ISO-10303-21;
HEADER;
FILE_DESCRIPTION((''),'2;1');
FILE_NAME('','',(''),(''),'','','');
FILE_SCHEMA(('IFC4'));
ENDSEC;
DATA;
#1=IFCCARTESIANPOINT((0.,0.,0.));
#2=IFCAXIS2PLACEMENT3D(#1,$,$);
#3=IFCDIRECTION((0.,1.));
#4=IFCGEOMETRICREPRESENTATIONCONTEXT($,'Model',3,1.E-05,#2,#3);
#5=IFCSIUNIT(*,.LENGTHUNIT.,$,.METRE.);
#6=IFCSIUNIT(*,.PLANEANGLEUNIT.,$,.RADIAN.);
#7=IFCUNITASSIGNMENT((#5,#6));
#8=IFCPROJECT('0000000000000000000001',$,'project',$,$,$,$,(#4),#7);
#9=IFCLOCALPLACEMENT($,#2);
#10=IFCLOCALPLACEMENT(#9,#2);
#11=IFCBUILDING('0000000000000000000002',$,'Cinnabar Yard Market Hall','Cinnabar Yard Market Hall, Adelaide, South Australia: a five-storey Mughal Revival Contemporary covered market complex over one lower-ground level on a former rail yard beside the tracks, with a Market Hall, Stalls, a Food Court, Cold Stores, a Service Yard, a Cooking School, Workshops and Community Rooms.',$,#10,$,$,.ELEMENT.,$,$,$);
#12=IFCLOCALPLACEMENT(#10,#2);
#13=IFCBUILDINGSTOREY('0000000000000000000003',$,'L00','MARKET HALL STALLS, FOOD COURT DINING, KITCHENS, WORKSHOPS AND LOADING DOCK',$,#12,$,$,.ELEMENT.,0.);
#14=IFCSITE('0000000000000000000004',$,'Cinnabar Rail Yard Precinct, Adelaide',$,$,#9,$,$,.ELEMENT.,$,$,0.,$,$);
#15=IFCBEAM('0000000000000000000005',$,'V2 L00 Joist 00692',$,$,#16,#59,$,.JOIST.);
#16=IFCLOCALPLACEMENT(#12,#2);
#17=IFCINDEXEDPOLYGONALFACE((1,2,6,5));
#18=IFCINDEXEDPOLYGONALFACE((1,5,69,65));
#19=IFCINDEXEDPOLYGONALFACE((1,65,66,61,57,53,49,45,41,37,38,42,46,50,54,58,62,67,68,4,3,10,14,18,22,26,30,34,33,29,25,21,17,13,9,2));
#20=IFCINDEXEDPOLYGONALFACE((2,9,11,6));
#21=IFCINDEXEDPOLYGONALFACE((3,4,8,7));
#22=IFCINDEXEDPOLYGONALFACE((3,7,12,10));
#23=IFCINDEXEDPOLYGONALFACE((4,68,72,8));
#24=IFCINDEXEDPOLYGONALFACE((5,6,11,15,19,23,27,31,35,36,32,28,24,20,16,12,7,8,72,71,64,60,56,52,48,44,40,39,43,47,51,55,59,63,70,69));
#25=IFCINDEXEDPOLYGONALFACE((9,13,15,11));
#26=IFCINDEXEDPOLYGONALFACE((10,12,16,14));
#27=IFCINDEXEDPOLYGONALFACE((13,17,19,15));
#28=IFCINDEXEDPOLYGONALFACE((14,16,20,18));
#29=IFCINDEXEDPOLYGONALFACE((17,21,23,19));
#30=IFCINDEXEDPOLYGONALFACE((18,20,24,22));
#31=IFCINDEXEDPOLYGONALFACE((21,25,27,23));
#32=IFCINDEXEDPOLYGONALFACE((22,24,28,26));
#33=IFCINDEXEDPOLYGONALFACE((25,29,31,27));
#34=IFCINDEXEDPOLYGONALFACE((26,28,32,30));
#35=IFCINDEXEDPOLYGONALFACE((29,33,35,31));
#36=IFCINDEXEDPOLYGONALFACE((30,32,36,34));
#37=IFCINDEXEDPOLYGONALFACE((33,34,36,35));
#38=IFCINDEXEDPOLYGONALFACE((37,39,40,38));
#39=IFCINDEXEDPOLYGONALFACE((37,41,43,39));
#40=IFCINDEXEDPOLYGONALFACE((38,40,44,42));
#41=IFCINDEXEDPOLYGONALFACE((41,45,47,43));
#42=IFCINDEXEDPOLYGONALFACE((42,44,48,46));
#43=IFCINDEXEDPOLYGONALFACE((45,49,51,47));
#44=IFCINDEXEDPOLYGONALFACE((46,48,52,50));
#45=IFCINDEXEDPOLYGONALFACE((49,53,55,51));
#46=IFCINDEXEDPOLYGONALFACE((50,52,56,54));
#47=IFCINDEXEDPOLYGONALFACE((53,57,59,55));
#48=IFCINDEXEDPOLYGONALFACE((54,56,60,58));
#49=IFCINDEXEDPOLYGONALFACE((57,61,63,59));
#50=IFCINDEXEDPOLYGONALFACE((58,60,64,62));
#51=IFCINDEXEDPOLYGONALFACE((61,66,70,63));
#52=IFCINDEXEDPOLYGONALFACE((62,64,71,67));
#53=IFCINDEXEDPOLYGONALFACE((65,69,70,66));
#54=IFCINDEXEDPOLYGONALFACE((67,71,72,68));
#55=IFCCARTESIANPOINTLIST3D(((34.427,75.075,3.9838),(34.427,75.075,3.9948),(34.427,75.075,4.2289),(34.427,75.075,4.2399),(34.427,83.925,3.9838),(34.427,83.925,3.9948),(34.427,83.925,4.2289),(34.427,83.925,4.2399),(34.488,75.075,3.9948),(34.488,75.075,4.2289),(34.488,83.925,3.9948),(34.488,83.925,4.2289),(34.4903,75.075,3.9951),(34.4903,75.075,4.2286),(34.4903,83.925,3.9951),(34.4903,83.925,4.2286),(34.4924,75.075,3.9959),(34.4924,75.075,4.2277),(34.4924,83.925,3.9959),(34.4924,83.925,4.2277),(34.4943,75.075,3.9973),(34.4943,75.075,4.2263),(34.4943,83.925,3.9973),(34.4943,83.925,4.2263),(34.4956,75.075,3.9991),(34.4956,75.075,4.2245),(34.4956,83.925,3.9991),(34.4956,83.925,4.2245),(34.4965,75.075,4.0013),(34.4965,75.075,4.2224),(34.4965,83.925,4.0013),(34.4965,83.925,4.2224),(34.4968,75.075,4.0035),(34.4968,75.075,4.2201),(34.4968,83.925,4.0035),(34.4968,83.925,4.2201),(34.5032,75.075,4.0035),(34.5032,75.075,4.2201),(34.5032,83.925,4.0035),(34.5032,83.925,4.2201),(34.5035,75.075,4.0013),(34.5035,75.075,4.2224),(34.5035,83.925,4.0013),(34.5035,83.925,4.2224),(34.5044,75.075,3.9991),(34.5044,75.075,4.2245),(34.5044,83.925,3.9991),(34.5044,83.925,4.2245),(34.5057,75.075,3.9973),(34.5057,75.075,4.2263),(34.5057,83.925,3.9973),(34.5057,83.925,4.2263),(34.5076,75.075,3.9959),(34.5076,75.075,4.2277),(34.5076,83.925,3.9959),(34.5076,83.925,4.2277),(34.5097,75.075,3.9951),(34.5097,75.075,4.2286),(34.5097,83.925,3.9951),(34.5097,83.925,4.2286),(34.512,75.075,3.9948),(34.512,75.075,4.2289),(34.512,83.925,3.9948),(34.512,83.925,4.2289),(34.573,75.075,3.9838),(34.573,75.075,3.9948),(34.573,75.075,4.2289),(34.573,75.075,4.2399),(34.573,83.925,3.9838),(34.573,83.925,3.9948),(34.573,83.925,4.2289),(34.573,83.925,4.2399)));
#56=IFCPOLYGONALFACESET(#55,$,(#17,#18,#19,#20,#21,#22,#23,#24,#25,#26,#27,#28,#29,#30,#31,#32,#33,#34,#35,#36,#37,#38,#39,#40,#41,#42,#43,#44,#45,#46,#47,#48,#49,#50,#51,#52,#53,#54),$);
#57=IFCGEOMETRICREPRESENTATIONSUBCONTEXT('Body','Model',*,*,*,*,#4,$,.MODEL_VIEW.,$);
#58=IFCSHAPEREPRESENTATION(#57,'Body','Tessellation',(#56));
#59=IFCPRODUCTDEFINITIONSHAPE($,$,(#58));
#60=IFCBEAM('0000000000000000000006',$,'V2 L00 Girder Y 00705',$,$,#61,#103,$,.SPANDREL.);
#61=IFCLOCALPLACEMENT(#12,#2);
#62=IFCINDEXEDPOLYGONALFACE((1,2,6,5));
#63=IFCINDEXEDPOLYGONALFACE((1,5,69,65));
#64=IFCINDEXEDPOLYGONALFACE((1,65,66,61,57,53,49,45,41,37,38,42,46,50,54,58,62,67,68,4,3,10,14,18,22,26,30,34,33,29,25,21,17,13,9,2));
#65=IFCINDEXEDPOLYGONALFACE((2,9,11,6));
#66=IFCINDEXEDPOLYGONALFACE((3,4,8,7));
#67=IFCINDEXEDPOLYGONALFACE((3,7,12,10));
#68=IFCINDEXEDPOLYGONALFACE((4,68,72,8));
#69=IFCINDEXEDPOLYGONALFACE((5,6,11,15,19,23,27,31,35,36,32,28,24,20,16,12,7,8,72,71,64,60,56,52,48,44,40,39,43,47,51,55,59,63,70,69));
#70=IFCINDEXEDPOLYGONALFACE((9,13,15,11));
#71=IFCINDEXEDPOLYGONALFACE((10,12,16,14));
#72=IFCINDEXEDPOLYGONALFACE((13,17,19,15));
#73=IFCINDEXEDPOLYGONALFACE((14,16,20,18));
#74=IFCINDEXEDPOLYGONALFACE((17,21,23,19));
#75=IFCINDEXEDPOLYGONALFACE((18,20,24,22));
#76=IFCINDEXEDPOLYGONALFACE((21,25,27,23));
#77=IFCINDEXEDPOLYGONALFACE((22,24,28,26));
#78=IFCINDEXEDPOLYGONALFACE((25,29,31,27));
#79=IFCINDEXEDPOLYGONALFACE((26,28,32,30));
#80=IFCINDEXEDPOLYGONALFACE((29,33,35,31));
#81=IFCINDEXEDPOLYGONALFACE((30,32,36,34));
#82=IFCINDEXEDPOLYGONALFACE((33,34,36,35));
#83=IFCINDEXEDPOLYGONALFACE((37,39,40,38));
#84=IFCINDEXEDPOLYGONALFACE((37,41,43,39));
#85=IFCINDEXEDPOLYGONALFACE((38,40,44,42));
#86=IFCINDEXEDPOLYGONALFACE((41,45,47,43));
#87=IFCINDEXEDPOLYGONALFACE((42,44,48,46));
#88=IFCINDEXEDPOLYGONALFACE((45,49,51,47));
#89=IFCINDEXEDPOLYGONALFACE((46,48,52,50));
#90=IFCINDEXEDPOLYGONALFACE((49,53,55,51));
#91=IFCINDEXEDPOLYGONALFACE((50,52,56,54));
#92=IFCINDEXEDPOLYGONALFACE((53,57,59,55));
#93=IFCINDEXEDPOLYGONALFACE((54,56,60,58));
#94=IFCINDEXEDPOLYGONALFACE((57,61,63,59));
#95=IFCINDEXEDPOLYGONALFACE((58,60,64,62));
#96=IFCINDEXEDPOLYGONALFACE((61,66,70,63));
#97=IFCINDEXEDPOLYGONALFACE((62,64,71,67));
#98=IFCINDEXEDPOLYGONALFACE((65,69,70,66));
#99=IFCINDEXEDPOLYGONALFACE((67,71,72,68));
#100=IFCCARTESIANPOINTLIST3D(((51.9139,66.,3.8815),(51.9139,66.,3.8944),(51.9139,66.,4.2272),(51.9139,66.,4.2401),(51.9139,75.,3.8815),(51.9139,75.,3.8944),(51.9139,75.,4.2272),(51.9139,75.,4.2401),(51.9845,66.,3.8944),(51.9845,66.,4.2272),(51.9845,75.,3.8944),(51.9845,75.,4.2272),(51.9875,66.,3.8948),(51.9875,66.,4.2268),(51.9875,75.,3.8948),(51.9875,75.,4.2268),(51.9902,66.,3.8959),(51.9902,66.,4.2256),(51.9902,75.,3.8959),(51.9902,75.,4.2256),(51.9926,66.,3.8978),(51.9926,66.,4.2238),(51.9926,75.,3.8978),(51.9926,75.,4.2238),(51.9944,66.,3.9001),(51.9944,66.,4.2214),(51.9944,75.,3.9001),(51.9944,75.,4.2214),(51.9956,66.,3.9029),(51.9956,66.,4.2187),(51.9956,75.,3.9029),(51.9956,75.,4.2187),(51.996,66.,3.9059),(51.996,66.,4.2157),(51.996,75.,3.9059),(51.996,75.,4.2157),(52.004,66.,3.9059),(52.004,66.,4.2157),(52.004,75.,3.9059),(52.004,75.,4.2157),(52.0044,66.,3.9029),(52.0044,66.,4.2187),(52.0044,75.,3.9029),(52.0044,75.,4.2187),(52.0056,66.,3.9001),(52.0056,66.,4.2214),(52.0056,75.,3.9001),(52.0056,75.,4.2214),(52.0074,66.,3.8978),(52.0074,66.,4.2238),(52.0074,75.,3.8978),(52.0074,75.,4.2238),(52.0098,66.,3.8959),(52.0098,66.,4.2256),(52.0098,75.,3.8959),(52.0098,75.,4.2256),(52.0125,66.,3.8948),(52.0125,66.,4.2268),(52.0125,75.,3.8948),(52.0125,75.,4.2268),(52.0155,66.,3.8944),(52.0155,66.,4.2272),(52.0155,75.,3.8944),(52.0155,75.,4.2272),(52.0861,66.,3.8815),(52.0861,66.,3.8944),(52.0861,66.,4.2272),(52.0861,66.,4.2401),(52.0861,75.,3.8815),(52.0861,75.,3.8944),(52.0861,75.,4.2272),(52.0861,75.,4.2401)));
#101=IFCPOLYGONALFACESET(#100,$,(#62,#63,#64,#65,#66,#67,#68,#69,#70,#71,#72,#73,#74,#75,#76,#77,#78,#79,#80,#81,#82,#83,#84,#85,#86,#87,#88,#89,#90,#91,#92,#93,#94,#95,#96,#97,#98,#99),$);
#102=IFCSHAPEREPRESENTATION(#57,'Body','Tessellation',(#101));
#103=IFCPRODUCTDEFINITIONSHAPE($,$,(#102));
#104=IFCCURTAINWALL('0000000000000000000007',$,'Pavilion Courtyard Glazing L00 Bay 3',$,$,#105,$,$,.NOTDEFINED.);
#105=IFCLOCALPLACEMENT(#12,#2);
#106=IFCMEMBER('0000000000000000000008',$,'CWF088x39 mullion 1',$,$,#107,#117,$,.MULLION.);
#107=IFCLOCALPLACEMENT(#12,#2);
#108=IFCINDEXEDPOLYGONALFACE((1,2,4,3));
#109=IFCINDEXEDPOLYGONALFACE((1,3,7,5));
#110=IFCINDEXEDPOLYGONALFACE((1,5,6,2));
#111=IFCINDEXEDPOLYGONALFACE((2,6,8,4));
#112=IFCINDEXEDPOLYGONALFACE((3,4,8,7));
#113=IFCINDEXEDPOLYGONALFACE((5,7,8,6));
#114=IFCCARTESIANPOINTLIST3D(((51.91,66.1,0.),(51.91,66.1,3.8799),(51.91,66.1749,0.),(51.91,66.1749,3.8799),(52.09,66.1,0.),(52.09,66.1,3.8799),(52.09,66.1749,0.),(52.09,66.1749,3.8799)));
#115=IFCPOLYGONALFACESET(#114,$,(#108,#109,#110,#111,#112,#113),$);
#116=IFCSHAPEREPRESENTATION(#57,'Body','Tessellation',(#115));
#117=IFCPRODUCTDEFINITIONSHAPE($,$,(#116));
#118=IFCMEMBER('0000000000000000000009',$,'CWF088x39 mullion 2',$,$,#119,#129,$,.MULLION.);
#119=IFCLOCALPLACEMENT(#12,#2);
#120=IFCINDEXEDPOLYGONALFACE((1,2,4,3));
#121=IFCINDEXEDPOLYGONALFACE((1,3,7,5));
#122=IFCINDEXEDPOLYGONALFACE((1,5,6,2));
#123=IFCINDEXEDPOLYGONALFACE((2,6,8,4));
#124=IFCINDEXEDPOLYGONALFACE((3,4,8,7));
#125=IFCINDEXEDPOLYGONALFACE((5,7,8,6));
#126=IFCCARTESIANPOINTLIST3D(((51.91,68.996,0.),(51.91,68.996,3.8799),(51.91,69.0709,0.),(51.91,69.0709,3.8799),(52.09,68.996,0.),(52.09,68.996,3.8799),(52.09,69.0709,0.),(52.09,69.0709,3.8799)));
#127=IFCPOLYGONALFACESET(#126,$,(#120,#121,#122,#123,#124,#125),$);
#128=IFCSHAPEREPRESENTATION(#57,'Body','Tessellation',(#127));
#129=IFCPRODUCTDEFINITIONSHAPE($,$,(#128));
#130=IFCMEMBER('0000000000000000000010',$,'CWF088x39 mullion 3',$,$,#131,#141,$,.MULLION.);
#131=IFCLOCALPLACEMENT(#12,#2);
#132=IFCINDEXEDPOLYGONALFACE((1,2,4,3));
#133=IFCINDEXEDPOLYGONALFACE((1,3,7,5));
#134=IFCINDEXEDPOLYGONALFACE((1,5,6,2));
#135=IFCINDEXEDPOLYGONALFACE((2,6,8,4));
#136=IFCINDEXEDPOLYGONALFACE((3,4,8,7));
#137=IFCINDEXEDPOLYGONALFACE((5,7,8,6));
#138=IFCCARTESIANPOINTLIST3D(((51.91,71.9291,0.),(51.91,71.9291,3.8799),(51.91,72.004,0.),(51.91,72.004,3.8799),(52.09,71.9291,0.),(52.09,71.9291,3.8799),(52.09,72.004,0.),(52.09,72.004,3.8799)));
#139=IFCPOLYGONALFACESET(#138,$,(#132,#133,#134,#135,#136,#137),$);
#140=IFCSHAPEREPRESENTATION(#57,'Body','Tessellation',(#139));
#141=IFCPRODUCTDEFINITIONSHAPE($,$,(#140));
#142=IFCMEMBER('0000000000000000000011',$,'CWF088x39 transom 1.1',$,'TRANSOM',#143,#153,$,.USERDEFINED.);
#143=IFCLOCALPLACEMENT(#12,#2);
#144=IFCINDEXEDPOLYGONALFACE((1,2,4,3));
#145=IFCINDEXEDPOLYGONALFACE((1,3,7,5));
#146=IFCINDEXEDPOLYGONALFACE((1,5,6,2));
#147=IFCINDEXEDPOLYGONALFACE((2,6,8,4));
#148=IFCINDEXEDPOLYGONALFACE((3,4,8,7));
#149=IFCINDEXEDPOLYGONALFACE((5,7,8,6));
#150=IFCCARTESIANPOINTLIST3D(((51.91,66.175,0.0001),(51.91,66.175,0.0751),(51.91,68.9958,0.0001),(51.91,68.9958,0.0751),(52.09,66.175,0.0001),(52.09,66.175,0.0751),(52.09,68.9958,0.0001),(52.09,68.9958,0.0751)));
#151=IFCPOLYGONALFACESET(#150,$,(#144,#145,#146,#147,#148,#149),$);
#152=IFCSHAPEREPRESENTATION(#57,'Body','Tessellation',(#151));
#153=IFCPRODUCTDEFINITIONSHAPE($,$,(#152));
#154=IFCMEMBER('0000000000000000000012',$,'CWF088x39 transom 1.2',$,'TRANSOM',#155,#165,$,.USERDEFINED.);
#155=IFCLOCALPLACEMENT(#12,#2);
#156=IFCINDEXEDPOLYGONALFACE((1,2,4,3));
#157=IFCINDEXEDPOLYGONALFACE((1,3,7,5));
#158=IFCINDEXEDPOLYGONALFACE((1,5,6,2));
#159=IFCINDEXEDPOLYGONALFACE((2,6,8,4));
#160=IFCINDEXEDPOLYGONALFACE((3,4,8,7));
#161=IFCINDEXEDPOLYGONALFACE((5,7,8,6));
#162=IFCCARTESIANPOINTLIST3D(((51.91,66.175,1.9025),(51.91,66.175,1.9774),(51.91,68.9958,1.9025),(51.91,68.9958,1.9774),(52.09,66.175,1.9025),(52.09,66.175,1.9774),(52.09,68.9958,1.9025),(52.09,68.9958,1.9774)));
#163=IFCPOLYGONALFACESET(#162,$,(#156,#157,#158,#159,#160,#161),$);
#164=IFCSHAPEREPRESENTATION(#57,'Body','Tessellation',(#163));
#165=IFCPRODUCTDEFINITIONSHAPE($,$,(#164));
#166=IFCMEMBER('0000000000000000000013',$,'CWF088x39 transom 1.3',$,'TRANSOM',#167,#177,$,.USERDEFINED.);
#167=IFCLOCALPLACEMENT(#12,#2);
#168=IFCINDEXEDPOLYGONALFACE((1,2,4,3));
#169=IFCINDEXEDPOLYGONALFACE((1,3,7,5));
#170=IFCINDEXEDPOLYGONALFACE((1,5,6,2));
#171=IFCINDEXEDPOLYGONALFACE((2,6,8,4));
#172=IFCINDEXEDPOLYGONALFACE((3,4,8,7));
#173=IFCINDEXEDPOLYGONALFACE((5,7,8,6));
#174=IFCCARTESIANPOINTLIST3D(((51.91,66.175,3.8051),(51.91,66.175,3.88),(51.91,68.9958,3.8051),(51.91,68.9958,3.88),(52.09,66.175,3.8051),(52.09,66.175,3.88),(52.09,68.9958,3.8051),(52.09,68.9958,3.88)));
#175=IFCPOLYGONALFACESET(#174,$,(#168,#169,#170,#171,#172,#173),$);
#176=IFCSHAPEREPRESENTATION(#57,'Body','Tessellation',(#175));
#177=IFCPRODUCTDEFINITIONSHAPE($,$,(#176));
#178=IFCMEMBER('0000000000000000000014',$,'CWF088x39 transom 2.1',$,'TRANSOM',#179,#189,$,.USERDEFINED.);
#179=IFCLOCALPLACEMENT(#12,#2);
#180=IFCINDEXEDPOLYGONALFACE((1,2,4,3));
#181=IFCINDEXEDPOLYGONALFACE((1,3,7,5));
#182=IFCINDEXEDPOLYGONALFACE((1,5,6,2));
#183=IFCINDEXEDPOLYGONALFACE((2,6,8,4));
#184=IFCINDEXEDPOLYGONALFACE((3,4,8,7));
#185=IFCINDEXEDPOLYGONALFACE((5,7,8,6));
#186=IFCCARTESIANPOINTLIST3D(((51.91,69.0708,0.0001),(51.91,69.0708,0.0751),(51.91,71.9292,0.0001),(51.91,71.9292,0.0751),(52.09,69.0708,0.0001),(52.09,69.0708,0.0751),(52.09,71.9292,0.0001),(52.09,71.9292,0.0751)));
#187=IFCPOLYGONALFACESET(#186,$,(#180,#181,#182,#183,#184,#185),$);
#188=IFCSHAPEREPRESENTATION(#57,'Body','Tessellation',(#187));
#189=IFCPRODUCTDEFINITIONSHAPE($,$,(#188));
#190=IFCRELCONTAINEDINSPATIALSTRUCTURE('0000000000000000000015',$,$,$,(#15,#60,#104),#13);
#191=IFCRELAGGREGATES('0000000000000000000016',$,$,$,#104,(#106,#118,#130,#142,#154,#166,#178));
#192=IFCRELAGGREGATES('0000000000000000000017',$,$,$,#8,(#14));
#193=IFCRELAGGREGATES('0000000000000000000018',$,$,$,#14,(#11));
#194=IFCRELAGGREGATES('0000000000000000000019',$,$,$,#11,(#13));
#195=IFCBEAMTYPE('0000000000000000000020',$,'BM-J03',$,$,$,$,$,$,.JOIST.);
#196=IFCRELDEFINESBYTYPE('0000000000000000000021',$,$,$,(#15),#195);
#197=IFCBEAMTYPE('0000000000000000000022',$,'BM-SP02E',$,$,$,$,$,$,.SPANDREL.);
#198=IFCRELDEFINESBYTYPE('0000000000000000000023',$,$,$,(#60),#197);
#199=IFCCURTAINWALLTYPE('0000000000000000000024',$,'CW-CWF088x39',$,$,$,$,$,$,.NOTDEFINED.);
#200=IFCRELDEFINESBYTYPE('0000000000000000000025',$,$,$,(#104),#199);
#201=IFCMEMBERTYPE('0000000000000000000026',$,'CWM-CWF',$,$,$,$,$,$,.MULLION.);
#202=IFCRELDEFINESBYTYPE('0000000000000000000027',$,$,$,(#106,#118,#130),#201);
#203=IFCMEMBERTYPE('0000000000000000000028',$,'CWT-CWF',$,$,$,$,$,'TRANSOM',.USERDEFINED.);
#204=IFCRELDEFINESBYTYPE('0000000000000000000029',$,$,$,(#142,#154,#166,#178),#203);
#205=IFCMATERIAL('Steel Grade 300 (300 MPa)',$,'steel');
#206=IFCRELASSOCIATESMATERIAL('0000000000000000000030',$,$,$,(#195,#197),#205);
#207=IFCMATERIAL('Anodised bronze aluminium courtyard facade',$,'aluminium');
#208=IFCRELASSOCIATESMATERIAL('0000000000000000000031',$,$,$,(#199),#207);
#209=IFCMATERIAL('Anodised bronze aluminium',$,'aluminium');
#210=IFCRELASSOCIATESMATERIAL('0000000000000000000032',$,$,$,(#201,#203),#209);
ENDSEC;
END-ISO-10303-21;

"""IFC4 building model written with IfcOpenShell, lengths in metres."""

from ifc_helpers import new_model, si_unit, direction, frame, origin, origin_2d_with_axis, place, context, subcontext, project, spatial, rectangle, i_section, extrude, material, material_profile, profile_set, type_object, element, aggregate, save


model = new_model("IFC4")

# Units and contexts
model_context = context("Model", 3, precision=1e-05, world=origin(), true_north=direction((0.0, 1.0)))
body_context = subcontext(model_context, "Body", "Model", "MODEL_VIEW")
ifc_project = project(units=[si_unit("LENGTHUNIT", "METRE"), si_unit("PLANEANGLEUNIT", "RADIAN")], contexts=[model_context])

# Site, building, storey
site_placement = place(None, origin())
site = spatial("IfcSite", under=ifc_project, at=site_placement, Name="Cinnabar Rail Yard Precinct, Adelaide", CompositionType="ELEMENT", RefElevation=0.0)
building_placement = place(site_placement, origin())
building = spatial("IfcBuilding", under=site, at=building_placement, Name="Cinnabar Yard Market Hall", Description="Cinnabar Yard Market Hall, Adelaide, South Australia: a five-storey Mughal Revival Contemporary covered market complex over one lower-ground level on a former rail yard beside the tracks, with a Market Hall, Stalls, a Food Court, Cold Stores, a Service Yard, a Cooking School, Workshops and Community Rooms.", CompositionType="ELEMENT")
storey_placement = place(building_placement, origin())
storey = spatial("IfcBuildingStorey", under=building, at=storey_placement, Name="L00", Description="MARKET HALL STALLS, FOOD COURT DINING, KITCHENS, WORKSHOPS AND LOADING DOCK", CompositionType="ELEMENT", Elevation=0.0)

# Shared definitions
ifc_material_1 = material(Name="Steel Grade 300 (300 MPa)", Category="steel")

# Beams
ifc_material_profile_1 = material_profile(ifc_material_1, i_section(OverallWidth=0.146, OverallDepth=0.2561, WebThickness=0.0063, FlangeThickness=0.011, FilletRadius=0.0088, at=origin_2d_with_axis()), Name="250UB37.3")
ifc_profile_set_1 = profile_set([ifc_material_profile_1], Name="Steel Grade 300 (300 MPa)")
beam_type_1 = type_object("IfcBeamType", Name="BM-J03", PredefinedType="JOIST", material=ifc_profile_set_1)
for number, where, z_axis, x_axis, name in (
    (1, (34.5, 75.075, 4.1118), (0.0, 1.0, 0.0), (-1.0, 0.0, 0.0), "V2 L00 Joist 00692"),
):
    element("IfcBeam", number, at=place(storey_placement, frame(where, z_axis=z_axis, x_axis=x_axis)), inside=storey, type_object=beam_type_1, Name=name, PredefinedType="JOIST", context=body_context, shape_type="SweptSolid", body=[
        extrude(i_section(OverallWidth=0.146, OverallDepth=0.2561, WebThickness=0.0063, FlangeThickness=0.011, FilletRadius=0.0088, at=origin_2d_with_axis()), origin(), (0.0, 0.0, 1.0), 8.8501),
    ])
ifc_material_profile_2 = material_profile(ifc_material_1, i_section(OverallWidth=0.1721, OverallDepth=0.3586, WebThickness=0.0081, FlangeThickness=0.0129, FilletRadius=0.0115, at=origin_2d_with_axis()), Name="360UB56.7")
ifc_profile_set_2 = profile_set([ifc_material_profile_2], Name="Steel Grade 300 (300 MPa)")
beam_type_2 = type_object("IfcBeamType", Name="BM-SP02E", PredefinedType="SPANDREL", material=ifc_profile_set_2)
beam_placement = place(storey_placement, frame((52.0, 66.0, 4.0608), z_axis=(0.0, 1.0, 0.0), x_axis=(-1.0, 0.0, 0.0)))
element("IfcBeam", 2, at=beam_placement, inside=storey, type_object=beam_type_2, Name="V2 L00 Girder Y 00705", PredefinedType="SPANDREL", context=body_context, shape_type="SweptSolid", body=[
    extrude(i_section(OverallWidth=0.1721, OverallDepth=0.3586, WebThickness=0.0081, FlangeThickness=0.0129, FilletRadius=0.0115, at=origin_2d_with_axis()), origin(), (0.0, 0.0, 1.0), 9.0),
])

# Curtain wall, members
ifc_material_2 = material(Name="Anodised bronze aluminium courtyard facade", Category="aluminium")
curtain_wall_type = type_object("IfcCurtainWallType", Name="CW-CWF088x39", PredefinedType="NOTDEFINED", material=ifc_material_2)
curtain_wall_placement = place(storey_placement, origin())
curtain_wall = element("IfcCurtainWall", 3, at=curtain_wall_placement, inside=storey, type_object=curtain_wall_type, Name="Pavilion Courtyard Glazing L00 Bay 3", PredefinedType="NOTDEFINED")
ifc_material_3 = material(Name="Anodised bronze aluminium", Category="aluminium")
ifc_material_profile_3 = material_profile(ifc_material_3, rectangle(XDim=0.1799, YDim=0.075, at=origin_2d_with_axis()), Name="MUL-CWF")
ifc_profile_set_3 = profile_set([ifc_material_profile_3], Name="Anodised bronze aluminium")
member_type_1 = type_object("IfcMemberType", Name="CWM-CWF", PredefinedType="MULLION", material=ifc_profile_set_3)
member_1_placement = place(storey_placement, frame((52.0, 66.1375, 0.0), z_axis=(0.0, 0.0, 1.0), x_axis=(-1.0, 0.0, 0.0)))
member_1 = element("IfcMember", 4, at=member_1_placement, type_object=member_type_1, Name="CWF088x39 mullion 1", PredefinedType="MULLION", context=body_context, shape_type="SweptSolid", body=[
    extrude(rectangle(XDim=0.1799, YDim=0.075, at=origin_2d_with_axis()), origin(), (0.0, 0.0, 1.0), 3.8799),
])
member_2_placement = place(storey_placement, frame((52.0, 69.0334, 0.0), z_axis=(0.0, 0.0, 1.0), x_axis=(-1.0, 0.0, 0.0)))
member_2 = element("IfcMember", 5, at=member_2_placement, type_object=member_type_1, Name="CWF088x39 mullion 2", PredefinedType="MULLION", context=body_context, shape_type="SweptSolid", body=[
    extrude(rectangle(XDim=0.1799, YDim=0.075, at=origin_2d_with_axis()), origin(), (0.0, 0.0, 1.0), 3.8799),
])
member_3_placement = place(storey_placement, frame((52.0, 71.9666, 0.0), z_axis=(0.0, 0.0, 1.0), x_axis=(-1.0, 0.0, 0.0)))
member_3 = element("IfcMember", 6, at=member_3_placement, type_object=member_type_1, Name="CWF088x39 mullion 3", PredefinedType="MULLION", context=body_context, shape_type="SweptSolid", body=[
    extrude(rectangle(XDim=0.1799, YDim=0.075, at=origin_2d_with_axis()), origin(), (0.0, 0.0, 1.0), 3.8799),
])
ifc_material_profile_4 = material_profile(ifc_material_3, rectangle(XDim=0.1799, YDim=0.075, at=origin_2d_with_axis()), Name="TRN-CWF")
ifc_profile_set_4 = profile_set([ifc_material_profile_4], Name="Anodised bronze aluminium")
member_type_2 = type_object("IfcMemberType", Name="CWT-CWF", ElementType="TRANSOM", PredefinedType="USERDEFINED", material=ifc_profile_set_4)
member_4_placement = place(storey_placement, frame((52.0, 66.175, 0.0376), z_axis=(0.0, 1.0, 0.0), x_axis=(-1.0, 0.0, 0.0)))
member_4 = element("IfcMember", 7, at=member_4_placement, type_object=member_type_2, Name="CWF088x39 transom 1.1", ObjectType="TRANSOM", PredefinedType="USERDEFINED", context=body_context, shape_type="SweptSolid", body=[
    extrude(rectangle(XDim=0.1799, YDim=0.075, at=origin_2d_with_axis()), origin(), (0.0, 0.0, 1.0), 2.8208),
])
member_5_placement = place(storey_placement, frame((52.0, 66.175, 1.9399), z_axis=(0.0, 1.0, 0.0), x_axis=(-1.0, 0.0, 0.0)))
member_5 = element("IfcMember", 8, at=member_5_placement, type_object=member_type_2, Name="CWF088x39 transom 1.2", ObjectType="TRANSOM", PredefinedType="USERDEFINED", context=body_context, shape_type="SweptSolid", body=[
    extrude(rectangle(XDim=0.1799, YDim=0.075, at=origin_2d_with_axis()), origin(), (0.0, 0.0, 1.0), 2.8208),
])
member_6_placement = place(storey_placement, frame((52.0, 66.175, 3.8425), z_axis=(0.0, 1.0, 0.0), x_axis=(-1.0, 0.0, 0.0)))
member_6 = element("IfcMember", 9, at=member_6_placement, type_object=member_type_2, Name="CWF088x39 transom 1.3", ObjectType="TRANSOM", PredefinedType="USERDEFINED", context=body_context, shape_type="SweptSolid", body=[
    extrude(rectangle(XDim=0.1799, YDim=0.075, at=origin_2d_with_axis()), origin(), (0.0, 0.0, 1.0), 2.8208),
])
member_7_placement = place(storey_placement, frame((52.0, 69.0708, 0.0376), z_axis=(0.0, 1.0, 0.0), x_axis=(-1.0, 0.0, 0.0)))
member_7 = element("IfcMember", 10, at=member_7_placement, type_object=member_type_2, Name="CWF088x39 transom 2.1", ObjectType="TRANSOM", PredefinedType="USERDEFINED", context=body_context, shape_type="SweptSolid", body=[
    extrude(rectangle(XDim=0.1799, YDim=0.075, at=origin_2d_with_axis()), origin(), (0.0, 0.0, 1.0), 2.8584),
])
aggregate(curtain_wall, [member_1, member_2, member_3, member_4, member_5, member_6, member_7])

save(model, "model.ifc")
